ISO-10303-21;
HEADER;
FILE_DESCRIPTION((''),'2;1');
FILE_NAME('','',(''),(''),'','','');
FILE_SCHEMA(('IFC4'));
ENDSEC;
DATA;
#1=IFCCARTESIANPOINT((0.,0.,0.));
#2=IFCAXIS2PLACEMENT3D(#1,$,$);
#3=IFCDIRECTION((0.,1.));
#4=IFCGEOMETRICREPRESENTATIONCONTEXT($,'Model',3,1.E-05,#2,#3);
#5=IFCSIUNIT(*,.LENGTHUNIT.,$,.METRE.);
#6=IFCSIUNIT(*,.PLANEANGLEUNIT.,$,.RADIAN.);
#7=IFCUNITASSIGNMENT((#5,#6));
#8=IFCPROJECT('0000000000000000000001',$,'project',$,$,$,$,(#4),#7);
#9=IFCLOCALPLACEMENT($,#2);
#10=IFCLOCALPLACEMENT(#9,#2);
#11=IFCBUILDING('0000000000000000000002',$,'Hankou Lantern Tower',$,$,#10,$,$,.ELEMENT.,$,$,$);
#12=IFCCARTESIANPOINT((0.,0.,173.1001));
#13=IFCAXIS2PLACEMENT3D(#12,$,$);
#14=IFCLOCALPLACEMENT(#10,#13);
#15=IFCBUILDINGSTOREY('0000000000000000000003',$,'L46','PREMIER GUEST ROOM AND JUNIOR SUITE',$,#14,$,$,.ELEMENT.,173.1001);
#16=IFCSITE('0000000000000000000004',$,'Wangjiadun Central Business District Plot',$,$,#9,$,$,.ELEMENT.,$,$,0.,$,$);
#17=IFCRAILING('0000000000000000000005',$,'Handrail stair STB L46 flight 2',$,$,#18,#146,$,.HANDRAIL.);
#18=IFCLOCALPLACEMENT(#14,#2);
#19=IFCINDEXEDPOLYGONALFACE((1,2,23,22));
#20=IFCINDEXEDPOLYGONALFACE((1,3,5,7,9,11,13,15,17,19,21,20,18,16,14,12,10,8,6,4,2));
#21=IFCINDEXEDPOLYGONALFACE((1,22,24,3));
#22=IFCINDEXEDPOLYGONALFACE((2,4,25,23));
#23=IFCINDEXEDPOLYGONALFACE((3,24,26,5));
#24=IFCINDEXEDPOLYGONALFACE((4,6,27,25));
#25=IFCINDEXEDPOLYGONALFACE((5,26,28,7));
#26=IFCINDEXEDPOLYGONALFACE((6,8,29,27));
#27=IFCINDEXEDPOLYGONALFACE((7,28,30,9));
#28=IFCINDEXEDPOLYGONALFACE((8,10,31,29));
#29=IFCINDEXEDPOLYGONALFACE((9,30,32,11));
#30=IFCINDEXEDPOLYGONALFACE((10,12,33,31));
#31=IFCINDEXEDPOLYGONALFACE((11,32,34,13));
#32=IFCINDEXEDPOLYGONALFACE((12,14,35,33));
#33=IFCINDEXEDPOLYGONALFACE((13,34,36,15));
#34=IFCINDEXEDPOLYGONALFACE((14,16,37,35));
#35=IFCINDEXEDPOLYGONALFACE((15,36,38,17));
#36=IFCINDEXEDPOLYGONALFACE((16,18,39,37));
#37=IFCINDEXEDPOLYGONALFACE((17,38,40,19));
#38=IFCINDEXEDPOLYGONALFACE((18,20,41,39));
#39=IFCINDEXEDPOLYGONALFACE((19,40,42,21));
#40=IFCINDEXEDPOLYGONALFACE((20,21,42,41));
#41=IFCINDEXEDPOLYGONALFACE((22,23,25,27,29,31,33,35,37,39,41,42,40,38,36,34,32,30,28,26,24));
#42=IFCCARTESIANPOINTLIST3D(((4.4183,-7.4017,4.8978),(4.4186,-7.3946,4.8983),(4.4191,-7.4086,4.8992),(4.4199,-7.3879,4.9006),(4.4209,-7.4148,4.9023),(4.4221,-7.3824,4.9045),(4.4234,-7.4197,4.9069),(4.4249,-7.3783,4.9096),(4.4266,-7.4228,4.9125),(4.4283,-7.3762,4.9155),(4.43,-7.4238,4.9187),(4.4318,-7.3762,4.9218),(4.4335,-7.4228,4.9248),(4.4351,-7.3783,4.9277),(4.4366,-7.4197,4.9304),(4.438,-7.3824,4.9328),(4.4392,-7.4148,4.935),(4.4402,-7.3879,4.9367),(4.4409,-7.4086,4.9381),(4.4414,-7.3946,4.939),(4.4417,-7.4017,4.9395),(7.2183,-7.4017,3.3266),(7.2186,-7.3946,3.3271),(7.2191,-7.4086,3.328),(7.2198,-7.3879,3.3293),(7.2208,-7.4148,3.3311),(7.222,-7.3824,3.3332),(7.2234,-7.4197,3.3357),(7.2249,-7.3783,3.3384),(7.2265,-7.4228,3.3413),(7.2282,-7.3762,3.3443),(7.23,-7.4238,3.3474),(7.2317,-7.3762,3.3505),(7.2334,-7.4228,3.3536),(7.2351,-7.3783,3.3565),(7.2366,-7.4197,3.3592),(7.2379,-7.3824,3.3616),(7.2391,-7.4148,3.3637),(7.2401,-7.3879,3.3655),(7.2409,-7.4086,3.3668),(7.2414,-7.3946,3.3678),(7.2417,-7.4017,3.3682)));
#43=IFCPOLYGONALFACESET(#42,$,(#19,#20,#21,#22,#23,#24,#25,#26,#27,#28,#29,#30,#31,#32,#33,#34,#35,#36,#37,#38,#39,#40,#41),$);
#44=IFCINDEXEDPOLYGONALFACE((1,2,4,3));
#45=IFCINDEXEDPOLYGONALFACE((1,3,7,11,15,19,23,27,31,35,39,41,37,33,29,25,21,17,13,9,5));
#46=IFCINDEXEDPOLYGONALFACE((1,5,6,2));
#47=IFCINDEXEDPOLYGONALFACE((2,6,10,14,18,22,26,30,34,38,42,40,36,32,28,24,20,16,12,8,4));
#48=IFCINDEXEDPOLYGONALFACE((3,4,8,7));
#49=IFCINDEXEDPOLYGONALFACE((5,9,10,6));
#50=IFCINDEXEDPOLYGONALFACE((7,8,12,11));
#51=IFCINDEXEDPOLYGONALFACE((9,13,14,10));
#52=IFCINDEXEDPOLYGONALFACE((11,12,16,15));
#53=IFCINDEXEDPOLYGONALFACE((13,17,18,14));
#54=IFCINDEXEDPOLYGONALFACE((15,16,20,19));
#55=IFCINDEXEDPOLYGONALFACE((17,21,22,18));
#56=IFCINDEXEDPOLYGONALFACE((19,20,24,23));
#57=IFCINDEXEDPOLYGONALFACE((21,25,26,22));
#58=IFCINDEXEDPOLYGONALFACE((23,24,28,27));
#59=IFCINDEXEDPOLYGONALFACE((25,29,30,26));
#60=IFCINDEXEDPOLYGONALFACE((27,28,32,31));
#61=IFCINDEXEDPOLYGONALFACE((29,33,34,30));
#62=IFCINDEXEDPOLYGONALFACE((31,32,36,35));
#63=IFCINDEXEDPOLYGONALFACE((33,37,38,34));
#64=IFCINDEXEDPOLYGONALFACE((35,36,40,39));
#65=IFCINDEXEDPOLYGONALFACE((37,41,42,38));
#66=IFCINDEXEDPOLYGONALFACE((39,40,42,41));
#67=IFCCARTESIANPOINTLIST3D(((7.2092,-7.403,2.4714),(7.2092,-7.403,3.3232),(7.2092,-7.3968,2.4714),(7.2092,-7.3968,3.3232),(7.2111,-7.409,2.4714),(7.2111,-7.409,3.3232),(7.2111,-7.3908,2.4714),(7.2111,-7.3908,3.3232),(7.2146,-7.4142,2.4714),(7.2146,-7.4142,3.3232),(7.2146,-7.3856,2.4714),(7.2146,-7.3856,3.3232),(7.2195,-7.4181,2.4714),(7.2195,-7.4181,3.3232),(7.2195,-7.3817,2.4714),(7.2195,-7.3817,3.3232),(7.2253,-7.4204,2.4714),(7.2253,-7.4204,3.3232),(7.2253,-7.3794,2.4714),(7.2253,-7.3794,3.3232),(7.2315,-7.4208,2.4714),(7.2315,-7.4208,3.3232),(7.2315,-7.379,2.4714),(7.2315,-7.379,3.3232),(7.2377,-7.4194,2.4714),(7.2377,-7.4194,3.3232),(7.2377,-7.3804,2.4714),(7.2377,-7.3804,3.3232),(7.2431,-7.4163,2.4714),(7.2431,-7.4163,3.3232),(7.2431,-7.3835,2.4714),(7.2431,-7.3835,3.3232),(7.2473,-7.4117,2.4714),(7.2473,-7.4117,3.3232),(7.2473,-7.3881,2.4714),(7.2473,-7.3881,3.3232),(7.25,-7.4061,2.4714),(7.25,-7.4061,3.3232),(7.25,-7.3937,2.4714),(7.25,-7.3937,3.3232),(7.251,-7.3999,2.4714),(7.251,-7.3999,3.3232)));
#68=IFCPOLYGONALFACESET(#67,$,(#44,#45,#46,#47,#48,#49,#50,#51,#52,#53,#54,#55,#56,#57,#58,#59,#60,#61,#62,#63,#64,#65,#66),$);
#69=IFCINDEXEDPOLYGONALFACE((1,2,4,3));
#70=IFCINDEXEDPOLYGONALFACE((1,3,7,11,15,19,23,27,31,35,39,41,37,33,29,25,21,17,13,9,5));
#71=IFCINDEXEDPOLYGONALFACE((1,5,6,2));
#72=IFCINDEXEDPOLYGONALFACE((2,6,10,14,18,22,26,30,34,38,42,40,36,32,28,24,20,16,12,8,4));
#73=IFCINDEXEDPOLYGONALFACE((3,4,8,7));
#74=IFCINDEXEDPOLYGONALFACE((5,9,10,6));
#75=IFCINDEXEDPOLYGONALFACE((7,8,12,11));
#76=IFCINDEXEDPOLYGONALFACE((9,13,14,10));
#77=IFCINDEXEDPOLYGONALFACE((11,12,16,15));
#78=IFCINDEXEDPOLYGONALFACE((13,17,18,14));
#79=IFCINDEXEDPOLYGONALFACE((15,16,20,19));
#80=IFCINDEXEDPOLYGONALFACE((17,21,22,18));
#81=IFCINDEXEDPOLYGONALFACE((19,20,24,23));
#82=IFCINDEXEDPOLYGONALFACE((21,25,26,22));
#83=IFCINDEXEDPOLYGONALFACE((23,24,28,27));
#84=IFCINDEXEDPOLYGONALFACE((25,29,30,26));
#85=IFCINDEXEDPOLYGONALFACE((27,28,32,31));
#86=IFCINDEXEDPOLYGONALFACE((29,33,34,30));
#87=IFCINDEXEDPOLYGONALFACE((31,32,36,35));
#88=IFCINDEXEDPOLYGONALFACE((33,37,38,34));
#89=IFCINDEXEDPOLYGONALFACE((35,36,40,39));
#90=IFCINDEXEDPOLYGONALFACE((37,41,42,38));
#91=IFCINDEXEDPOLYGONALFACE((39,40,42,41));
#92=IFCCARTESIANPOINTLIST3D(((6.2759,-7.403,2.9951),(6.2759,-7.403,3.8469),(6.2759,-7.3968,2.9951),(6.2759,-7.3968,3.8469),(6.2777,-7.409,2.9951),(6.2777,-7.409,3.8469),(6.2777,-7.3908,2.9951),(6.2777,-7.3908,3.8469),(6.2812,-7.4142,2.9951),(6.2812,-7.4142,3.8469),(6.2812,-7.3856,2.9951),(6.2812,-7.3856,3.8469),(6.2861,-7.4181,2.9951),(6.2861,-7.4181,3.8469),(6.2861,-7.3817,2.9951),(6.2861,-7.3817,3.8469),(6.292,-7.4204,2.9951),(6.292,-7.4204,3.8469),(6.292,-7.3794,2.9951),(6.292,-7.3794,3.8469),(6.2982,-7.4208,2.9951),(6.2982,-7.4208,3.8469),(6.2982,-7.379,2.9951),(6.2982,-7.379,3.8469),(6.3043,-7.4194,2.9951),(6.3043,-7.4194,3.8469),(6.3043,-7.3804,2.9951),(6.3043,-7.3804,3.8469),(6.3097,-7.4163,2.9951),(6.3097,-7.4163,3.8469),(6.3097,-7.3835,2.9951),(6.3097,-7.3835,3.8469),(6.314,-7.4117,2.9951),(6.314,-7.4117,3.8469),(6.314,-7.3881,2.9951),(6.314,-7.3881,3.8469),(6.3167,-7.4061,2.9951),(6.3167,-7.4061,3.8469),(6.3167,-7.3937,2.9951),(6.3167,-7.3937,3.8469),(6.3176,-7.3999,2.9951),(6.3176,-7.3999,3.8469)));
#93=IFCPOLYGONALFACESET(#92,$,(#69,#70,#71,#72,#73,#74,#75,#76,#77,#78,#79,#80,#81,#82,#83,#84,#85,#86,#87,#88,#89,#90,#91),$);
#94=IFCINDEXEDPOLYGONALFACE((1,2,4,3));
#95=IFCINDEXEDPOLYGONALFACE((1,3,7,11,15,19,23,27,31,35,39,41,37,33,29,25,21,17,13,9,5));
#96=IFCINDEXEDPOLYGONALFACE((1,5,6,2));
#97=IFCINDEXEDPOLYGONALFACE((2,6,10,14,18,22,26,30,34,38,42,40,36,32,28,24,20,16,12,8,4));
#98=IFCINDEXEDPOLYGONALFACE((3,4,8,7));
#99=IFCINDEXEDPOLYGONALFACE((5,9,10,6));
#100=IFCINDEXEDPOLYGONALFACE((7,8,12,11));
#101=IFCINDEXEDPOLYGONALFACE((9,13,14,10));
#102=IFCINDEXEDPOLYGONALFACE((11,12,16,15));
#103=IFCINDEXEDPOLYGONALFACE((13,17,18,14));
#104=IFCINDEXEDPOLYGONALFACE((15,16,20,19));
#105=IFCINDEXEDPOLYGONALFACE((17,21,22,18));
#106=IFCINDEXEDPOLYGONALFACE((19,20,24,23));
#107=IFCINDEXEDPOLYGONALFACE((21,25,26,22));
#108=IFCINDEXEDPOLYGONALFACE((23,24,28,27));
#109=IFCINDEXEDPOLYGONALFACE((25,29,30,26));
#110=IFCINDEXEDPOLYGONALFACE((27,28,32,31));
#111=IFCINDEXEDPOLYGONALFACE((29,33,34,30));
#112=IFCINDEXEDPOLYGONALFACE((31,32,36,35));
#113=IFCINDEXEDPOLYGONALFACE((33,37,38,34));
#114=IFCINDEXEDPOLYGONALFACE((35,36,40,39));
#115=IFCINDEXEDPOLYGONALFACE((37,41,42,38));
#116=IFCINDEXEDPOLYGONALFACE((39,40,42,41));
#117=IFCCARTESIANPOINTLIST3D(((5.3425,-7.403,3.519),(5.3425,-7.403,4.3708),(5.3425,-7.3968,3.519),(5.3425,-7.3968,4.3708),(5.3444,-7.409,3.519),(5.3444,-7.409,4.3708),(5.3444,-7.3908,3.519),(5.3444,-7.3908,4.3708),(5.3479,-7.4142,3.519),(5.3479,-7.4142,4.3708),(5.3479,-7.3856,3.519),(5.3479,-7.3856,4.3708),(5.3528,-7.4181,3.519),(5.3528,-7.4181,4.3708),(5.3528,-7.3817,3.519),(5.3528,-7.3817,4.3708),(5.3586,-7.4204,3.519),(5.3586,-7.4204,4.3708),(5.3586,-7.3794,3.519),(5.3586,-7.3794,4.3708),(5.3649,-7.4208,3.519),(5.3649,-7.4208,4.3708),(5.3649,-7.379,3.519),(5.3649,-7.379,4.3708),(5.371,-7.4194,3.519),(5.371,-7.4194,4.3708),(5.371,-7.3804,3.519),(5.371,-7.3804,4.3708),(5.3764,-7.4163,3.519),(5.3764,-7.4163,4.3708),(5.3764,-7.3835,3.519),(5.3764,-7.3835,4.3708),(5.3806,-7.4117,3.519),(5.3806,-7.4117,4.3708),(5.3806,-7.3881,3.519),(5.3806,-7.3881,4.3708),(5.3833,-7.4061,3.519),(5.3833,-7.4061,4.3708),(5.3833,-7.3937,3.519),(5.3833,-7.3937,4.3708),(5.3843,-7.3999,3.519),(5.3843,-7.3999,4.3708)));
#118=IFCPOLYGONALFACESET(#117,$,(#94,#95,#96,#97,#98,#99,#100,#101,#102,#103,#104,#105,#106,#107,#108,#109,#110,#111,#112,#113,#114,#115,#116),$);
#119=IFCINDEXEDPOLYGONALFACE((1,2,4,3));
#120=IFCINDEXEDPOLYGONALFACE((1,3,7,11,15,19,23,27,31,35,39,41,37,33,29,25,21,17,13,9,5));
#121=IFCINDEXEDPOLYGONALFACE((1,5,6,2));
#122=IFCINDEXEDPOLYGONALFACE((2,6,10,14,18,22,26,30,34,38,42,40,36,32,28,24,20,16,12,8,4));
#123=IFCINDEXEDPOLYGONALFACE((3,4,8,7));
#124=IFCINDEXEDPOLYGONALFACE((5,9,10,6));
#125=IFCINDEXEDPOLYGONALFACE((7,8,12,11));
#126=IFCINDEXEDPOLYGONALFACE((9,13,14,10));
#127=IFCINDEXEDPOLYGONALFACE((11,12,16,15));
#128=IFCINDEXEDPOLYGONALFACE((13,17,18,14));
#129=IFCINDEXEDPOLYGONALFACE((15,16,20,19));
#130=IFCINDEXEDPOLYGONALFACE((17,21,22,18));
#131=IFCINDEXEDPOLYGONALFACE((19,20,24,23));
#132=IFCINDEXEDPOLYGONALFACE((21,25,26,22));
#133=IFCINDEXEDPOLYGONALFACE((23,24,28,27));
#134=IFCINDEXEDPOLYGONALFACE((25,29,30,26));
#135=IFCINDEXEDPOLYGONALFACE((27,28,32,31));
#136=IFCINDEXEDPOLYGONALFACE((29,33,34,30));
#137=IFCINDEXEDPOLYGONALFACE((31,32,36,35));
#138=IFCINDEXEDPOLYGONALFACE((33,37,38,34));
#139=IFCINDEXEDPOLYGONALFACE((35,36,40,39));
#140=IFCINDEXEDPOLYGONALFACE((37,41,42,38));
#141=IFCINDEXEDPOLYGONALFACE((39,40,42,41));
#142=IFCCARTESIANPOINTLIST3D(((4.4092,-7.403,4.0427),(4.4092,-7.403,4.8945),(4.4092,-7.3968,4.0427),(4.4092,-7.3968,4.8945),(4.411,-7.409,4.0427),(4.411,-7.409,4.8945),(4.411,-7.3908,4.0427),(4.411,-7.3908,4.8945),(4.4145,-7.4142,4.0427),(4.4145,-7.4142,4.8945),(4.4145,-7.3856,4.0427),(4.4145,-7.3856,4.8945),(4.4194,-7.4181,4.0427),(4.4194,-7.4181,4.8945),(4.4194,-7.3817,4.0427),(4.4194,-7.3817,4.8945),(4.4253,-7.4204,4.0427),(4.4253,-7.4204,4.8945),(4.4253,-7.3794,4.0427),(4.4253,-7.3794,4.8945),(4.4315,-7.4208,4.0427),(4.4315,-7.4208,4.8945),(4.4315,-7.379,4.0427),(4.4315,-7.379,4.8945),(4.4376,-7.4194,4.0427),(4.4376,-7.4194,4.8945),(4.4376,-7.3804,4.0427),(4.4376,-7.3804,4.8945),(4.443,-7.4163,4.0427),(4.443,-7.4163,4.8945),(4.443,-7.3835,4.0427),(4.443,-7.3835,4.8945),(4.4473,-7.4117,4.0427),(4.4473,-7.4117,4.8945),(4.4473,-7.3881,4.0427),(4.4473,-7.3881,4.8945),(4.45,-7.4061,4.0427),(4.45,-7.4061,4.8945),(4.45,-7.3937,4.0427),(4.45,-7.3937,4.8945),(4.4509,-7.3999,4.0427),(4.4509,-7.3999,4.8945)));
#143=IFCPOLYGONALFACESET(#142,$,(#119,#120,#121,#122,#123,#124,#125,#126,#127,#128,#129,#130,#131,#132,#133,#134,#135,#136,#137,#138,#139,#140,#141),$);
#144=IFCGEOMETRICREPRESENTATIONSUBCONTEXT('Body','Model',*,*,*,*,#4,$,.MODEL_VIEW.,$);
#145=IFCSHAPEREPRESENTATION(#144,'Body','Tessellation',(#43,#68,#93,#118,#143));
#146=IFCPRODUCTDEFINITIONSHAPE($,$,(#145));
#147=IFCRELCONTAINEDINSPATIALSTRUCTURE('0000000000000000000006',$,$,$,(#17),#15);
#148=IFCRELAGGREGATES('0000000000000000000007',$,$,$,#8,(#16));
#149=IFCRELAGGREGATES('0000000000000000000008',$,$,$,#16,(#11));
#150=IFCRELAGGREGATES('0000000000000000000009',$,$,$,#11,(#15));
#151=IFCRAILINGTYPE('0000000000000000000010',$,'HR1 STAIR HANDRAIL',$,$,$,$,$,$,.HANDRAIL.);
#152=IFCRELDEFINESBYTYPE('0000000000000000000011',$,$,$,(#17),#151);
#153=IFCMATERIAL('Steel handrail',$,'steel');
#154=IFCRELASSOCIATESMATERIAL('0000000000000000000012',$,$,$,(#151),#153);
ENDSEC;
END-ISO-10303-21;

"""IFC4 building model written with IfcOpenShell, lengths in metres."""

from ifc_helpers import new_model, si_unit, direction, frame, origin, origin_2d, place, context, subcontext, project, spatial, circle, extrude, material, type_object, element, save


model = new_model("IFC4")

# Units and contexts
model_context = context("Model", 3, precision=1e-05, world=origin(), true_north=direction((0.0, 1.0)))
body_context = subcontext(model_context, "Body", "Model", "MODEL_VIEW")
ifc_project = project(units=[si_unit("LENGTHUNIT", "METRE"), si_unit("PLANEANGLEUNIT", "RADIAN")], contexts=[model_context])

# Site, building, storey
site_placement = place(None, origin())
site = spatial("IfcSite", under=ifc_project, at=site_placement, Name="Wangjiadun Central Business District Plot", CompositionType="ELEMENT", RefElevation=0.0)
building_placement = place(site_placement, origin())
building = spatial("IfcBuilding", under=site, at=building_placement, Name="Hankou Lantern Tower", CompositionType="ELEMENT")
storey_placement = place(building_placement, frame((0.0, 0.0, 173.1001)))
storey = spatial("IfcBuildingStorey", under=building, at=storey_placement, Name="L46", Description="PREMIER GUEST ROOM AND JUNIOR SUITE", CompositionType="ELEMENT", Elevation=173.1001)

# Railing
ifc_material_1 = material(Name="Steel handrail", Category="steel")
railing_type = type_object("IfcRailingType", Name="HR1 STAIR HANDRAIL", PredefinedType="HANDRAIL", material=ifc_material_1)
railing_1_placement = place(storey_placement, frame((7.23, -7.3999, 2.4714)))
element("IfcRailing", 1, at=railing_1_placement, inside=storey, type_object=railing_type, Name="Handrail stair STB L46 flight 2", PredefinedType="HANDRAIL", context=body_context, shape_type="SweptSolid", body=[
    extrude(circle(Radius=0.0239, at=origin_2d()), frame((0.0, 0.0, 0.876), z_axis=(-0.872073, 0.0, 0.489377), x_axis=(0.0, -1.0, 0.0)), (0.0, 0.0, 1.0), 3.2107),
    extrude(circle(Radius=0.021, at=origin_2d()), origin(), (0.0, 0.0, 1.0), 0.8518),
    extrude(circle(Radius=0.021, at=origin_2d()), frame((-0.9333, 0.0, 0.5237)), (0.0, 0.0, 1.0), 0.8518),
    extrude(circle(Radius=0.021, at=origin_2d()), frame((-1.8667, 0.0, 1.0476)), (0.0, 0.0, 1.0), 0.8518),
    extrude(circle(Radius=0.021, at=origin_2d()), frame((-2.8, 0.0, 1.5713)), (0.0, 0.0, 1.0), 0.8518),
])

save(model, "model.ifc")
